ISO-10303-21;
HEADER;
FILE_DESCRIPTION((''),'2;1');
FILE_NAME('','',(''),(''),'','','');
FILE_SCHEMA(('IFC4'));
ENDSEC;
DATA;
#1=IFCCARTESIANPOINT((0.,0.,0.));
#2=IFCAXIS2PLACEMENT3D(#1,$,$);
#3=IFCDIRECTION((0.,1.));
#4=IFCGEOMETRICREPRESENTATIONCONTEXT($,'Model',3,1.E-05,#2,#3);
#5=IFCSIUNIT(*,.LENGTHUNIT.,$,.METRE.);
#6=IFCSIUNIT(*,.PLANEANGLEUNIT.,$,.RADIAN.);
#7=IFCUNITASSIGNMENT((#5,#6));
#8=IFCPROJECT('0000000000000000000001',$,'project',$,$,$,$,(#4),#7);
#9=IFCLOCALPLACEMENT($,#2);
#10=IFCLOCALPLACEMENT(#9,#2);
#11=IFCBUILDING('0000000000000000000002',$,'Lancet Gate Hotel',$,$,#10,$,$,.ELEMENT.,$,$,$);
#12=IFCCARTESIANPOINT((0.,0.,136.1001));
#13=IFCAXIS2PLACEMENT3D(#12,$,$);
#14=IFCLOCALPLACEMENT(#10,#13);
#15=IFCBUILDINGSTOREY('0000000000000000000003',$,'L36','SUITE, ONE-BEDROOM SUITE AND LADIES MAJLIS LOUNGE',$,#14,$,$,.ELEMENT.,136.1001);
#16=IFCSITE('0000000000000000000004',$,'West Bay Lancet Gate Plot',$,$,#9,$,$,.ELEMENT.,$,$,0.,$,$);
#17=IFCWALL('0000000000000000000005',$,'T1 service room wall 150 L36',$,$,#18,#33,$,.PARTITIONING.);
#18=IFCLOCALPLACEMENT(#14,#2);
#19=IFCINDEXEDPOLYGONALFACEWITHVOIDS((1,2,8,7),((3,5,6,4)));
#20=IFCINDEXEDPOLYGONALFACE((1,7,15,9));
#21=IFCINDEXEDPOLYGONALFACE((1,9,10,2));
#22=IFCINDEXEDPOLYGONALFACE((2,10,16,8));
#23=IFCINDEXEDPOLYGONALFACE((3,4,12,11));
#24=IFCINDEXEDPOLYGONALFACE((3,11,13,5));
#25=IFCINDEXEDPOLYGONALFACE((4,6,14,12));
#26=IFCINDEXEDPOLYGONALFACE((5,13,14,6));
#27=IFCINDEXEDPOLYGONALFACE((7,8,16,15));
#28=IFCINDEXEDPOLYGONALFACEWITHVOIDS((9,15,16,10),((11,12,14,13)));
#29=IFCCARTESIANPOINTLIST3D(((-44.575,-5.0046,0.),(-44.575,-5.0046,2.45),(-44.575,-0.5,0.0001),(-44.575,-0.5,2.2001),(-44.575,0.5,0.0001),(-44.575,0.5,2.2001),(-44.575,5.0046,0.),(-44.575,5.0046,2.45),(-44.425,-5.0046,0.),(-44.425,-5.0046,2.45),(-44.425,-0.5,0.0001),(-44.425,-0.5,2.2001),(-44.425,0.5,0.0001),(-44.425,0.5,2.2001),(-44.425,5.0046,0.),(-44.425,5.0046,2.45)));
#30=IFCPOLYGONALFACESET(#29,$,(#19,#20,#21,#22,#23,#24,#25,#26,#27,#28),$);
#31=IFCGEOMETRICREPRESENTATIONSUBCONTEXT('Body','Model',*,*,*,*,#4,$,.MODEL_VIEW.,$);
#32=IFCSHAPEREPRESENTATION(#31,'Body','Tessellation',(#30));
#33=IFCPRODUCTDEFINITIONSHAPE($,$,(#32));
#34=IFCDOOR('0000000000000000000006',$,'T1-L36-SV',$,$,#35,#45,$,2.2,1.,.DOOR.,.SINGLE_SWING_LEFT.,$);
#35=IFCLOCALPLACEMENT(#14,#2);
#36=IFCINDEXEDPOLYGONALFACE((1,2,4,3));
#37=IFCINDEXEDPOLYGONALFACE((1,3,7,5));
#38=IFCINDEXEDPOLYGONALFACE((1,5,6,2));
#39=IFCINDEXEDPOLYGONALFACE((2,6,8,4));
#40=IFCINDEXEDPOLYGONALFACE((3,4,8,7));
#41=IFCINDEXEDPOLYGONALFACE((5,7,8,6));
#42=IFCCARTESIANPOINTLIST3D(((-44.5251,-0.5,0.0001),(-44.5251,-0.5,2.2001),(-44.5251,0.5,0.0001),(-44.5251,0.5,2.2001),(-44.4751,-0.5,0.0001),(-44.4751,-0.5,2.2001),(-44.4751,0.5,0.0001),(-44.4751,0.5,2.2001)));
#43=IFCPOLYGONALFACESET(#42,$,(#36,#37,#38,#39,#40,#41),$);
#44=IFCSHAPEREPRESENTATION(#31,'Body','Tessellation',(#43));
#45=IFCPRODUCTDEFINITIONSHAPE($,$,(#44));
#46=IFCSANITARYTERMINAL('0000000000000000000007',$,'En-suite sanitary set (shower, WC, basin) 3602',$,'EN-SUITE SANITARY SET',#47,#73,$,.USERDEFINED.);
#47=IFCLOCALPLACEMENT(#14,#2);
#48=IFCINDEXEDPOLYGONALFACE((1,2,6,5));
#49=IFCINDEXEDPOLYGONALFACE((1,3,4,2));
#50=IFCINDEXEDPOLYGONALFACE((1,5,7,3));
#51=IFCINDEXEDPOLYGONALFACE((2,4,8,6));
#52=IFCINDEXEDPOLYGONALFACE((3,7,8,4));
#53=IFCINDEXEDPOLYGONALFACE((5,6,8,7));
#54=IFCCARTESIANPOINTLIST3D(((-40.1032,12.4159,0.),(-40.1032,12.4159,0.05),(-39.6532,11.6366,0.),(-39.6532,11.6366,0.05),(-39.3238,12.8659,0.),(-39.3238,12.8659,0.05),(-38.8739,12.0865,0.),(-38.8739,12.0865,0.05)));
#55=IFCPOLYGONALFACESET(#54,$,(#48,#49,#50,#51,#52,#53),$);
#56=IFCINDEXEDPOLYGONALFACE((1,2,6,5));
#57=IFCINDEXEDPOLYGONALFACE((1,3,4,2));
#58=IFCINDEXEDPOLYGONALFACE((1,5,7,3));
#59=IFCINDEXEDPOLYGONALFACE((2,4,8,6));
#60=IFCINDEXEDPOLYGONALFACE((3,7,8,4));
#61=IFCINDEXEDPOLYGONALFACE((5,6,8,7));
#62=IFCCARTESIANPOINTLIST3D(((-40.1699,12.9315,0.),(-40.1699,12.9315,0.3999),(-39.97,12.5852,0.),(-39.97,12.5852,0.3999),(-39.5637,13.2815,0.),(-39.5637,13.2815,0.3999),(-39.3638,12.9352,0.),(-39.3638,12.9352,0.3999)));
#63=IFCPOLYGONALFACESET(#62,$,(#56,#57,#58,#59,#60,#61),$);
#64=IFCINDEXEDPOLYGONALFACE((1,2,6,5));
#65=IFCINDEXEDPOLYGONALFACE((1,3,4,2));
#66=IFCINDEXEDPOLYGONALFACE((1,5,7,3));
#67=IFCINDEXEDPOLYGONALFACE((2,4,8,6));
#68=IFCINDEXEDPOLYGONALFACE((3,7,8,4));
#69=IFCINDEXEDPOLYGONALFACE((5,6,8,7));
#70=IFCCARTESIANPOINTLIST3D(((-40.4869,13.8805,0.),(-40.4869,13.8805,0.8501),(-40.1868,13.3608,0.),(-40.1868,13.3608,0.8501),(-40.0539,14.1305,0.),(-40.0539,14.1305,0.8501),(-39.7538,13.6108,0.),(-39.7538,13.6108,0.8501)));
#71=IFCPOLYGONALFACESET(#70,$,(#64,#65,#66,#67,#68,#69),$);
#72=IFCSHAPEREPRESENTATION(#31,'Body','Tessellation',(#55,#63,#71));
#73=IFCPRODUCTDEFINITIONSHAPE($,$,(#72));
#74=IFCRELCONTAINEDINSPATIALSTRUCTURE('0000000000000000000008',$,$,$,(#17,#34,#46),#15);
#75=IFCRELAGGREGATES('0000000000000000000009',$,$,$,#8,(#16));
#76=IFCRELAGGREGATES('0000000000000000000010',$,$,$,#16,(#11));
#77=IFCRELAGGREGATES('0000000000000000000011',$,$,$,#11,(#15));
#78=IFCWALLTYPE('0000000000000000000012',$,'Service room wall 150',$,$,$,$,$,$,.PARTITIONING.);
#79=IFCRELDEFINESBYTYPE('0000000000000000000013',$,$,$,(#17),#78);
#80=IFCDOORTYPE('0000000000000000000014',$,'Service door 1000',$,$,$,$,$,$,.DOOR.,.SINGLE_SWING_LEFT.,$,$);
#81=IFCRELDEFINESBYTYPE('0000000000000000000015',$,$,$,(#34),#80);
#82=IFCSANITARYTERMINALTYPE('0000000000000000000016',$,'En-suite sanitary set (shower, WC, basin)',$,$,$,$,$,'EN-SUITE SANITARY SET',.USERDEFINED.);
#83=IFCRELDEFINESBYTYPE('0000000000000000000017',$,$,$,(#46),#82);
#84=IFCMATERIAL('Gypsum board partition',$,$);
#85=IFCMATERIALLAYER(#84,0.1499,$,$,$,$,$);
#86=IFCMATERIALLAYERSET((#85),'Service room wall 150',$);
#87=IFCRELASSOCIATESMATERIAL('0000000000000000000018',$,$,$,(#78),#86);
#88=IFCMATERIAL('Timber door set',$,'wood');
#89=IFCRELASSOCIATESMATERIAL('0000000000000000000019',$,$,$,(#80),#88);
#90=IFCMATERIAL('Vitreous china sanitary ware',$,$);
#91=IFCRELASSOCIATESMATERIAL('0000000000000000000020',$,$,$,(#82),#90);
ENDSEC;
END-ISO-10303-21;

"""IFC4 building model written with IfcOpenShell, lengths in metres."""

from ifc_helpers import new_model, si_unit, direction, frame, frame_2d, origin, origin_2d, place, context, subcontext, project, spatial, rectangle, extrude, material, layer, layer_set, type_object, element, fill, save


model = new_model("IFC4")

# Units and contexts
model_context = context("Model", 3, precision=1e-05, world=origin(), true_north=direction((0.0, 1.0)))
body_context = subcontext(model_context, "Body", "Model", "MODEL_VIEW")
ifc_project = project(units=[si_unit("LENGTHUNIT", "METRE"), si_unit("PLANEANGLEUNIT", "RADIAN")], contexts=[model_context])

# Site, building, storey
site_placement = place(None, origin())
site = spatial("IfcSite", under=ifc_project, at=site_placement, Name="West Bay Lancet Gate Plot", CompositionType="ELEMENT", RefElevation=0.0)
building_placement = place(site_placement, origin())
building = spatial("IfcBuilding", under=site, at=building_placement, Name="Lancet Gate Hotel", CompositionType="ELEMENT")
storey_placement = place(building_placement, frame((0.0, 0.0, 136.1001)))
storey = spatial("IfcBuildingStorey", under=building, at=storey_placement, Name="L36", Description="SUITE, ONE-BEDROOM SUITE AND LADIES MAJLIS LOUNGE", CompositionType="ELEMENT", Elevation=136.1001)

# Wall, opening, door
ifc_material_1 = material(Name="Gypsum board partition")
ifc_layer_1 = layer(ifc_material_1, 0.1499)
ifc_layer_set_1 = layer_set([ifc_layer_1], Name="Service room wall 150")
wall_type_1 = type_object("IfcWallType", Name="Service room wall 150", PredefinedType="PARTITIONING", material=ifc_layer_set_1)
wall_1_placement = place(storey_placement, frame((-44.5, 5.0046, 0.0), z_axis=(0.0, 0.0, 1.0), x_axis=(0.0, -1.0, 0.0)))
wall_1 = element("IfcWall", 1, at=wall_1_placement, inside=storey, type_object=wall_type_1, Name="T1 service room wall 150 L36", PredefinedType="PARTITIONING", context=body_context, shape_type="SweptSolid", body=[
    extrude(rectangle(XDim=10.0093, YDim=0.1499, at=frame_2d((5.0046, 0.0))), origin(), (0.0, 0.0, 1.0), 2.45),
])
opening_1_placement = place(wall_1_placement, frame((4.5046, 0.0, 0.0)))
opening_1 = element("IfcOpeningElement", 2, at=opening_1_placement, cuts=wall_1, PredefinedType="OPENING", context=body_context, shape_type="SweptSolid", body=[
    extrude(rectangle(XDim=1.0, YDim=2.2, at=frame_2d((0.5, 1.1001))), frame((0.0, 0.085, 0.0), z_axis=(0.0, -1.0, 0.0), x_axis=(1.0, 0.0, 0.0)), (0.0, 0.0, 1.0), 0.1699),
])
ifc_material_2 = material(Name="Timber door set", Category="wood")
door_type_1 = type_object("IfcDoorType", Name="Service door 1000", OperationType="SINGLE_SWING_LEFT", PredefinedType="DOOR", material=ifc_material_2)
door_1_placement = place(opening_1_placement, origin())
door_1 = element("IfcDoor", 3, at=door_1_placement, inside=storey, type_object=door_type_1, Name="T1-L36-SV", OperationType="SINGLE_SWING_LEFT", OverallHeight=2.2, OverallWidth=1.0, PredefinedType="DOOR", context=body_context, shape_type="SweptSolid", body=[
    extrude(rectangle(XDim=1.0, YDim=2.2, at=frame_2d((0.5, 1.1001))), frame((0.0, 0.0249, 0.0), z_axis=(0.0, -1.0, 0.0), x_axis=(1.0, 0.0, 0.0)), (0.0, 0.0, 1.0), 0.05),
])
fill(opening_1, door_1)

# Sanitary terminal
ifc_material_3 = material(Name="Vitreous china sanitary ware")
sanitary_terminal_type = type_object("IfcSanitaryTerminalType", Name="En-suite sanitary set (shower, WC, basin)", ElementType="EN-SUITE SANITARY SET", PredefinedType="USERDEFINED", material=ifc_material_3)
sanitary_terminal_placement = place(storey_placement, frame((-39.4885, 12.2512, 0.0), z_axis=(0.0, 0.0, 1.0), x_axis=(1.0, 0.0, 0.0)))
element("IfcSanitaryTerminal", 4, at=sanitary_terminal_placement, inside=storey, type_object=sanitary_terminal_type, Name="En-suite sanitary set (shower, WC, basin) 3602", ObjectType="EN-SUITE SANITARY SET", PredefinedType="USERDEFINED", context=body_context, shape_type="SweptSolid", body=[
    extrude(rectangle(XDim=0.8999, YDim=0.8999, at=origin_2d()), frame((0.0, 0.0, 0.0), z_axis=(0.0, 0.0, 1.0), x_axis=(0.5, -0.866025, 0.0)), (0.0, 0.0, 1.0), 0.05),
    extrude(rectangle(XDim=0.3999, YDim=0.7, at=origin_2d()), frame((-0.2783, 0.6821, 0.0), z_axis=(0.0, 0.0, 1.0), x_axis=(0.5, -0.866025, 0.0)), (0.0, 0.0, 1.0), 0.3999),
    extrude(rectangle(XDim=0.6001, YDim=0.5, at=origin_2d()), frame((-0.6318, 1.4944, 0.0), z_axis=(0.0, 0.0, 1.0), x_axis=(0.5, -0.866025, 0.0)), (0.0, 0.0, 1.0), 0.8501),
])

save(model, "model.ifc")
